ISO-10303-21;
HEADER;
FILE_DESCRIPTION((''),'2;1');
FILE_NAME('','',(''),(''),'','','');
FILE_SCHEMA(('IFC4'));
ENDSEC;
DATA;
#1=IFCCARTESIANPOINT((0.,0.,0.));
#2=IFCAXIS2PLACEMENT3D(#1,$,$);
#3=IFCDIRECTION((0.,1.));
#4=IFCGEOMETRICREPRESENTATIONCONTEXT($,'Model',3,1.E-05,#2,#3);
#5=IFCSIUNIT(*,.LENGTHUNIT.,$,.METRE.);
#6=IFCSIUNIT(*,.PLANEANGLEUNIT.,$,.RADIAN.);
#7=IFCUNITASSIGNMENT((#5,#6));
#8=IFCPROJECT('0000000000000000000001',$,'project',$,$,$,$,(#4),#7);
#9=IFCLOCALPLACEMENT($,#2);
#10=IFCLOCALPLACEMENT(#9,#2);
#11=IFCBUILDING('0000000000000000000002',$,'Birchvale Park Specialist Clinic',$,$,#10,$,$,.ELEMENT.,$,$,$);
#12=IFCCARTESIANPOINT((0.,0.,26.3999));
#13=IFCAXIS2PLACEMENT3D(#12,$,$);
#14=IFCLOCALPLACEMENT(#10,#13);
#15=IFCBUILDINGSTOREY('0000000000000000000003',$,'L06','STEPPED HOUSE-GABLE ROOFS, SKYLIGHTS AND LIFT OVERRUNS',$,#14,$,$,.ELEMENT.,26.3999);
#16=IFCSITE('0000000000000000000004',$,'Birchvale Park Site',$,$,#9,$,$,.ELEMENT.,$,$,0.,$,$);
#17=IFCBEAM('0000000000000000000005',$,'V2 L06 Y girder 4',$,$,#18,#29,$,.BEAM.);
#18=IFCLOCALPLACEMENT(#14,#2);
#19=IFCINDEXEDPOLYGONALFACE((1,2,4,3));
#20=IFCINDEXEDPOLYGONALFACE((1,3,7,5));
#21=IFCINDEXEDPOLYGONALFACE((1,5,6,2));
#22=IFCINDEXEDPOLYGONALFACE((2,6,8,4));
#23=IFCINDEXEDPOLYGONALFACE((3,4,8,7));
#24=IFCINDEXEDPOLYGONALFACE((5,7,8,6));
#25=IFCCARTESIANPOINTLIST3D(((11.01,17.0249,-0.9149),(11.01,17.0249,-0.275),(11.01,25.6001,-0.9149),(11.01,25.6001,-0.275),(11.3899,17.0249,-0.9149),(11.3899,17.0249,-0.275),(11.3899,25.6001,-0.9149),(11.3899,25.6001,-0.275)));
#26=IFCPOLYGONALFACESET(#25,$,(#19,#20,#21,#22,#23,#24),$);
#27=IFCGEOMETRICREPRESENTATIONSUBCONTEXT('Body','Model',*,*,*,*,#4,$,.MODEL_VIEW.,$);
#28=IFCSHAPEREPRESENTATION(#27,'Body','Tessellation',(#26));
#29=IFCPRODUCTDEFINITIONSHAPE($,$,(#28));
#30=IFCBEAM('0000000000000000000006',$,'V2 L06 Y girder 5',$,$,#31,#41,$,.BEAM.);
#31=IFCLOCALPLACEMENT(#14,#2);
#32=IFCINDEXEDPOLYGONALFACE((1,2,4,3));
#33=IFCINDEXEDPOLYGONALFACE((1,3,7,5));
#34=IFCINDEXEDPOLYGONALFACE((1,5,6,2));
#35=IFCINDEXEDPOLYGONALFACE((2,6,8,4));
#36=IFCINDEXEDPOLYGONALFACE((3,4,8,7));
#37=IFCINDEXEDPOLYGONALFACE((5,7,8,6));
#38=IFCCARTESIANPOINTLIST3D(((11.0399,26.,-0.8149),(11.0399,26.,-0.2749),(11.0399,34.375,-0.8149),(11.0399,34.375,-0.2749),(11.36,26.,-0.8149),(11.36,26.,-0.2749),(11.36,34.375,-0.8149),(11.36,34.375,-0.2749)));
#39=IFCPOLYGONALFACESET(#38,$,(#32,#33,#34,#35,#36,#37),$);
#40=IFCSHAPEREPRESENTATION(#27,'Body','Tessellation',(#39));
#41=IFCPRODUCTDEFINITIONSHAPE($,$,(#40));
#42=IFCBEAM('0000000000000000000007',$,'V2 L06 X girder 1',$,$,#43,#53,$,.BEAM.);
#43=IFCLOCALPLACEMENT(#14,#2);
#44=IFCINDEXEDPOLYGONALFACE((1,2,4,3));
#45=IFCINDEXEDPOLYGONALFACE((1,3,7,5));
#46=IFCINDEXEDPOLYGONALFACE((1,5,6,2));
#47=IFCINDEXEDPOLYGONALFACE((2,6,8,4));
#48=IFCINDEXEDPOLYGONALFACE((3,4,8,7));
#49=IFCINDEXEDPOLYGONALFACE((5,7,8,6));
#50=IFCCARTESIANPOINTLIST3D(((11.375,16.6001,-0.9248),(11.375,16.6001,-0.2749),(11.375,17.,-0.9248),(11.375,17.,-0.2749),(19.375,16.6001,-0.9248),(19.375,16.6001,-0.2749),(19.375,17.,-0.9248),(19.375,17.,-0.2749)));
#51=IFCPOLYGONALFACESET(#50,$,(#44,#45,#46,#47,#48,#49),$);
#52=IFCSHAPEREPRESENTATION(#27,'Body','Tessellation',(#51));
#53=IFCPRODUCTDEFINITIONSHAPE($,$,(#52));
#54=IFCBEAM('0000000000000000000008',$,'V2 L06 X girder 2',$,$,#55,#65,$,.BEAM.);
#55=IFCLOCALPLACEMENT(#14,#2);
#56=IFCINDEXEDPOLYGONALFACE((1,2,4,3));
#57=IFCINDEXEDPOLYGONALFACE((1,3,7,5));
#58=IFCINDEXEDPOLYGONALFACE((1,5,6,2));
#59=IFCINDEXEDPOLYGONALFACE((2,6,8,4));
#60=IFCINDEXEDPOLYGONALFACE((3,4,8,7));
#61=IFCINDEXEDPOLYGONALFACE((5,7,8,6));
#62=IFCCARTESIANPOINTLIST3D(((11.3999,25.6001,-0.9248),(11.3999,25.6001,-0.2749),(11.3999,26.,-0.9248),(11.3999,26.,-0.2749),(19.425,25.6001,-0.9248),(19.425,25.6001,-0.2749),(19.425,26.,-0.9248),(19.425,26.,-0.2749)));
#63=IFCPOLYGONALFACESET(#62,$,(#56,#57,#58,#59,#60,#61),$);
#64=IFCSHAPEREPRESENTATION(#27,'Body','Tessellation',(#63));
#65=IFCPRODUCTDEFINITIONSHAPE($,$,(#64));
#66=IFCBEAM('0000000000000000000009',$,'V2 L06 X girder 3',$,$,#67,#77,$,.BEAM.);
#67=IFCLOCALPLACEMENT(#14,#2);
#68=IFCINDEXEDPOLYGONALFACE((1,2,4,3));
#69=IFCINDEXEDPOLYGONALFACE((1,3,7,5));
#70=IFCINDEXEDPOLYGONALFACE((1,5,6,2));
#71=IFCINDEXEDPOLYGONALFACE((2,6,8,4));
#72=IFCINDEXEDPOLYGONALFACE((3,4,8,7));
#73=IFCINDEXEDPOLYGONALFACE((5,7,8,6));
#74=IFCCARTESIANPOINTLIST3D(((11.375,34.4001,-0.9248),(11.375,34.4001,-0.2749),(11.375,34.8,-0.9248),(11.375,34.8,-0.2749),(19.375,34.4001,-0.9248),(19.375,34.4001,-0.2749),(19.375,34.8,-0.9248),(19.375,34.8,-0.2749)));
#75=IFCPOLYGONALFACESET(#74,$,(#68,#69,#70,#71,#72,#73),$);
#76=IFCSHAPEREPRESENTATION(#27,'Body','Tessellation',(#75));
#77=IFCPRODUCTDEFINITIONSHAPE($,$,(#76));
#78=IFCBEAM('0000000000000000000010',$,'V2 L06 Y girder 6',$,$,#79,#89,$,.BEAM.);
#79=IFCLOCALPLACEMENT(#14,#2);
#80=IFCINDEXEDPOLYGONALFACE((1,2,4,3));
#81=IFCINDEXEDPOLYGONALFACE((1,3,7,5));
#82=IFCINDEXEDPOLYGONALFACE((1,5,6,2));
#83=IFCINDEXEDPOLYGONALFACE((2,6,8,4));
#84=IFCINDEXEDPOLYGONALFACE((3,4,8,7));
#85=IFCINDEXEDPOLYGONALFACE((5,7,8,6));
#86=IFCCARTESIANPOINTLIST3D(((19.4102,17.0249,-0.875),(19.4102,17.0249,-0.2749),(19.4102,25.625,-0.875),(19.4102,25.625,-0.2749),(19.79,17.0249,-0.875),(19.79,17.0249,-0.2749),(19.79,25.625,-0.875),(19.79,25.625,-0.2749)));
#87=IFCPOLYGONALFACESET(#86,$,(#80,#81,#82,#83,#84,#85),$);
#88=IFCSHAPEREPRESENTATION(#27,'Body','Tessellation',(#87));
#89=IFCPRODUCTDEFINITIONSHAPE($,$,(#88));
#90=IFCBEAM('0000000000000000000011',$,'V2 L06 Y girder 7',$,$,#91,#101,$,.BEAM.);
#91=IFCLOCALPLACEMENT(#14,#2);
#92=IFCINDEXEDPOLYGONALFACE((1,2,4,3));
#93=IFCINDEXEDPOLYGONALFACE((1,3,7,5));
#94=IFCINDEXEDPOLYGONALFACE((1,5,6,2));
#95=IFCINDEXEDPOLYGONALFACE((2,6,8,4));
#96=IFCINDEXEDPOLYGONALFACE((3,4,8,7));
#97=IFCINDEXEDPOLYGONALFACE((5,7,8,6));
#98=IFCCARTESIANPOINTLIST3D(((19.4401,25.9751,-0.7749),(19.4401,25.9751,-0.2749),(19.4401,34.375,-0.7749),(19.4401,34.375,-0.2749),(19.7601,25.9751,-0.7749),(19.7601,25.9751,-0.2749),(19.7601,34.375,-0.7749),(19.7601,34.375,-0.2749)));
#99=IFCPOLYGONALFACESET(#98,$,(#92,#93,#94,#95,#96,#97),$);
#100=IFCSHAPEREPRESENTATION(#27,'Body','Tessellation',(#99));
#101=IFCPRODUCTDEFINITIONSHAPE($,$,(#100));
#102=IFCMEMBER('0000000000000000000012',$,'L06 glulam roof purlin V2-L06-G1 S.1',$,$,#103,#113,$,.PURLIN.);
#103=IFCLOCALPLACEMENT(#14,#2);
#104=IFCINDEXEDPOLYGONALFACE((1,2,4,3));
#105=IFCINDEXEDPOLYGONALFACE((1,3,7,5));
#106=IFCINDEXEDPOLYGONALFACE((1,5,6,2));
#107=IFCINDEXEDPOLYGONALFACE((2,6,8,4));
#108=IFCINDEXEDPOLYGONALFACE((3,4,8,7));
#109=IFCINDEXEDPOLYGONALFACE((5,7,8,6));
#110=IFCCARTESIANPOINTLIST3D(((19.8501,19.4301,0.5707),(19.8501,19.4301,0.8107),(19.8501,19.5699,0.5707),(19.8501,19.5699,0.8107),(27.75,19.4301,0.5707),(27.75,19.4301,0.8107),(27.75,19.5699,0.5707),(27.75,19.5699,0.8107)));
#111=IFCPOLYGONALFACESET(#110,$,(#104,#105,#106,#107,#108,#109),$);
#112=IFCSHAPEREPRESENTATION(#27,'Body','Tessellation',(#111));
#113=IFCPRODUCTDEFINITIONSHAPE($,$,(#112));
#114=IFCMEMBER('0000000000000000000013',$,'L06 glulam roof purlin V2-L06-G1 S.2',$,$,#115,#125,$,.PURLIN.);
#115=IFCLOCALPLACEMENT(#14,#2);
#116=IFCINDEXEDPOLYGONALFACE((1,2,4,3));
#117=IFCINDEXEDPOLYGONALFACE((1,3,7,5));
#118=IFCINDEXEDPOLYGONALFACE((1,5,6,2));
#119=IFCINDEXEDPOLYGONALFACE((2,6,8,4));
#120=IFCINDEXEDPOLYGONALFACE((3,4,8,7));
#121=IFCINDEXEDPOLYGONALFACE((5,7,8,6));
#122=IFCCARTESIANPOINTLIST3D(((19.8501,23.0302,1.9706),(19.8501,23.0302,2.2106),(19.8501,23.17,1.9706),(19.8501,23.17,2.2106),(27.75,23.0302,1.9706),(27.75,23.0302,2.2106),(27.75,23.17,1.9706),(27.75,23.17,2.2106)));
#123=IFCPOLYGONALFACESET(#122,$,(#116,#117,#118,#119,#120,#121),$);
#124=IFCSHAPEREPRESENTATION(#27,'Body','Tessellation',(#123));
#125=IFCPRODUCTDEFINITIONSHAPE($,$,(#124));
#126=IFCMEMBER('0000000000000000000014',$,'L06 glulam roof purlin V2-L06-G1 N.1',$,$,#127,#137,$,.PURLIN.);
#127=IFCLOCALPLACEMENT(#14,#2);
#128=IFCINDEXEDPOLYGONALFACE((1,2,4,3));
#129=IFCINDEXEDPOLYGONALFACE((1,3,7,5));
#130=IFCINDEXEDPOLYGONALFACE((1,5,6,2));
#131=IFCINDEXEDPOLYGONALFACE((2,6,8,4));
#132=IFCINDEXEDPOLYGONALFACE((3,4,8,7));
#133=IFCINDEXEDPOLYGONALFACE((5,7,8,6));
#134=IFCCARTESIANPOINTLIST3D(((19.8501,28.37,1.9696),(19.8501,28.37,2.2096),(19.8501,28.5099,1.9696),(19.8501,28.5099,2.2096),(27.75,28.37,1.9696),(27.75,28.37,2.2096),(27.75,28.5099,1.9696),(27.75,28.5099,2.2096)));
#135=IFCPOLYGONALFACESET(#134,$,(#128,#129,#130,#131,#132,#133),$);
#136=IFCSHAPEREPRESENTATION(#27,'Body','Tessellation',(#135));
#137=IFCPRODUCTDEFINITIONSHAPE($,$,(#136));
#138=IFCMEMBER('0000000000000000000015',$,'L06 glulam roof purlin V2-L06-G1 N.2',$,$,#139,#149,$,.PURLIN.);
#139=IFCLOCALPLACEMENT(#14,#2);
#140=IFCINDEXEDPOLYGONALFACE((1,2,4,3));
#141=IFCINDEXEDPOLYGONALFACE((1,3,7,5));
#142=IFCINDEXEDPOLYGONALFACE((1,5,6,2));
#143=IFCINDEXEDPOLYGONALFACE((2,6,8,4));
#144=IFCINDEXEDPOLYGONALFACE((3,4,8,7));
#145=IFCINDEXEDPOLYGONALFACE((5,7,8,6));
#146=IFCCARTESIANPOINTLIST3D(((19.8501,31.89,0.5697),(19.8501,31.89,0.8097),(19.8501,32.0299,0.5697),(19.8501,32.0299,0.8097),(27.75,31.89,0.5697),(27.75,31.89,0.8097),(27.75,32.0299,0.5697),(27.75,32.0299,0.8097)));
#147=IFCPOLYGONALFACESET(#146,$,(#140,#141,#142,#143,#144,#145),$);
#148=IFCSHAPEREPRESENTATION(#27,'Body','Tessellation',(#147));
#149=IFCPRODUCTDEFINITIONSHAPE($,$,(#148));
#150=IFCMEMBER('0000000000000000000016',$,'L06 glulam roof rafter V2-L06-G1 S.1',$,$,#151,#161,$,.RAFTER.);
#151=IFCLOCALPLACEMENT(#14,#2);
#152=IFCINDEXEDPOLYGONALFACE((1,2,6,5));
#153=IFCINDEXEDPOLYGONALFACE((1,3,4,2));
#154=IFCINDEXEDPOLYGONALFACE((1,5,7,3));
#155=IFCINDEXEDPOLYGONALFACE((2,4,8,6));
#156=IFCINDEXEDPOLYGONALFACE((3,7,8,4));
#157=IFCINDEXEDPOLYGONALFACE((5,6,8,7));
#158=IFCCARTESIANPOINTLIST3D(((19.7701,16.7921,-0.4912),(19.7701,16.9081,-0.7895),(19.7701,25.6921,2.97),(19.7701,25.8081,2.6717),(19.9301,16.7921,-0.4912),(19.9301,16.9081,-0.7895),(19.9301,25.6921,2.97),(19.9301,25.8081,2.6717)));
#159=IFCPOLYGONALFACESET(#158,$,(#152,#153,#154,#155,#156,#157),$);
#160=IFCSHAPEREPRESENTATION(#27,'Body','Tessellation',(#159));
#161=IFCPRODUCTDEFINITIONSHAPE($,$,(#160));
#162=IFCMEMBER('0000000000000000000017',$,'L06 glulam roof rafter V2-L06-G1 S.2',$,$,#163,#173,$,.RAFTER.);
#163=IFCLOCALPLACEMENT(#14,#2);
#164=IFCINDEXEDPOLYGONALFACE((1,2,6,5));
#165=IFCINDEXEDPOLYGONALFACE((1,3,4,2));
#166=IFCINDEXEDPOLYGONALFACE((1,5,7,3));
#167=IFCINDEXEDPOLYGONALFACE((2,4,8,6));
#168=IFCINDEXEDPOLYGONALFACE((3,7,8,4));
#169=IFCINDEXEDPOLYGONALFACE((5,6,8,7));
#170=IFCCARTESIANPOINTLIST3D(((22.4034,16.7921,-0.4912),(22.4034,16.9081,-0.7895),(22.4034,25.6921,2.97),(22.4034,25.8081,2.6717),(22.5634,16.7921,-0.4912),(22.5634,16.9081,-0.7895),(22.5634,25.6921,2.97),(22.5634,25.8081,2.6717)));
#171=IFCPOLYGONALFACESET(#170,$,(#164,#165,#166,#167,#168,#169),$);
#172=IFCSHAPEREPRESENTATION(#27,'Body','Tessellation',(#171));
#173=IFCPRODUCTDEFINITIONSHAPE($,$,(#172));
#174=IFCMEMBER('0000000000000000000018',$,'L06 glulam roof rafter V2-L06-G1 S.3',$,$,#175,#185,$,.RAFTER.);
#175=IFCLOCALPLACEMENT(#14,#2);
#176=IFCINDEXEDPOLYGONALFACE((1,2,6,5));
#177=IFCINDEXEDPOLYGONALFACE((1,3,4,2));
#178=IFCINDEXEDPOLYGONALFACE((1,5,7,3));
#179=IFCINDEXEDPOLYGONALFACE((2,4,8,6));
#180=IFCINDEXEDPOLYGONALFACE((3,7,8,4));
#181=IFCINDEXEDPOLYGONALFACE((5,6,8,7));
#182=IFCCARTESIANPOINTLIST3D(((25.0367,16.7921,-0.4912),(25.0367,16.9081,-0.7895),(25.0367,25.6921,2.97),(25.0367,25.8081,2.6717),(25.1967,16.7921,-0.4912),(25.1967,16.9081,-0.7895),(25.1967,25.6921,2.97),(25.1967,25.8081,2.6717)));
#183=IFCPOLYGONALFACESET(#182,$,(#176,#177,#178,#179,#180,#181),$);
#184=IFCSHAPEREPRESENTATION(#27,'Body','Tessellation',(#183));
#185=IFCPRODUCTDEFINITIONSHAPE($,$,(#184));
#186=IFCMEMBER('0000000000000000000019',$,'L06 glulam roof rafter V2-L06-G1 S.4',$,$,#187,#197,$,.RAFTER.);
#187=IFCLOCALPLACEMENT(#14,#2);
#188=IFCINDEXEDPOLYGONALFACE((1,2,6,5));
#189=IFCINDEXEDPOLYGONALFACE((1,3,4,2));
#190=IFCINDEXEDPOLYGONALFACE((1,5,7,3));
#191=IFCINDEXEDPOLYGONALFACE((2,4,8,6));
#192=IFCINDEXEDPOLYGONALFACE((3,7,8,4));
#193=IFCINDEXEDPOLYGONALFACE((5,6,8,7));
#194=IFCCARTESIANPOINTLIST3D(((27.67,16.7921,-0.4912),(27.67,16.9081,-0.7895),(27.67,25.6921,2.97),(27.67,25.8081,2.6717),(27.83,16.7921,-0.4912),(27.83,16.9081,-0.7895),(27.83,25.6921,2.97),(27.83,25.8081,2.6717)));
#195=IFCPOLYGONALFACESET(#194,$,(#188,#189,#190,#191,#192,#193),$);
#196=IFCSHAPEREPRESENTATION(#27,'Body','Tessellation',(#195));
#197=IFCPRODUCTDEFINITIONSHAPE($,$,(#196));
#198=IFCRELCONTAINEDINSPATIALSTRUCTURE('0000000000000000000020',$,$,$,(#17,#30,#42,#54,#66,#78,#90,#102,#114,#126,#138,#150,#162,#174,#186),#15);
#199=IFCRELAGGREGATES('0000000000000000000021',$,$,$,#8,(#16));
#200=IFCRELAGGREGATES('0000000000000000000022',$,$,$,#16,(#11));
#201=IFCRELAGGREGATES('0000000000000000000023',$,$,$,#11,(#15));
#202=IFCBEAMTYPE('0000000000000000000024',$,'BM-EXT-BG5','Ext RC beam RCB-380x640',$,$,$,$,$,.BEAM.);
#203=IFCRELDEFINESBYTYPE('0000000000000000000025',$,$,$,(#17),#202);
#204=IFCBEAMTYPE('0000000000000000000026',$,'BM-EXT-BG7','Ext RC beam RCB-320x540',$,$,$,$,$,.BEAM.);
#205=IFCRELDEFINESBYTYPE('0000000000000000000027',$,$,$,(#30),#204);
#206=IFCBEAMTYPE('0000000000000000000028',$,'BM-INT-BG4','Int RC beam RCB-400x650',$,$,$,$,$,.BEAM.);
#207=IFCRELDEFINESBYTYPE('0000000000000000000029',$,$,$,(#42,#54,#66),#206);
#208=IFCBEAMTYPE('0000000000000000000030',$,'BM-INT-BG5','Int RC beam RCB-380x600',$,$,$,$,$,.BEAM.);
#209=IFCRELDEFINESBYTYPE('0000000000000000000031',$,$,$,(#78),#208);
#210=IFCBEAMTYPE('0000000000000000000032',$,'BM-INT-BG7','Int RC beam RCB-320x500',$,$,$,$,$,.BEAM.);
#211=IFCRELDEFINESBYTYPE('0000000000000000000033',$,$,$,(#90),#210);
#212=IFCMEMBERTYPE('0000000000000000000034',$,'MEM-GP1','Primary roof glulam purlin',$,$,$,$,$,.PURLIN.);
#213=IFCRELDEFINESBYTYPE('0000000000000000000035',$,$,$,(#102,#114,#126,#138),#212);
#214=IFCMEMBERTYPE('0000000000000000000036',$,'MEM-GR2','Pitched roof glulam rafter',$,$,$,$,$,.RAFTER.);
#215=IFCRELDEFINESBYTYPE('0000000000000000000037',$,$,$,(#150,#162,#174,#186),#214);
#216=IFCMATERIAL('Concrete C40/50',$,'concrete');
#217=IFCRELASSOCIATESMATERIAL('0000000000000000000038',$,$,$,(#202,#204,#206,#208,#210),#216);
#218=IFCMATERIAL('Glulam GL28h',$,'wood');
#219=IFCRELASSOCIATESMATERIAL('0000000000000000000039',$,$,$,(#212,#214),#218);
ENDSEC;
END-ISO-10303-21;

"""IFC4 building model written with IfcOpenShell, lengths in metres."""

from ifc_helpers import new_model, si_unit, direction, frame, origin, origin_2d, place, context, subcontext, project, spatial, rectangle, extrude, material, material_profile, profile_set, type_object, element, save


model = new_model("IFC4")

# Units and contexts
model_context = context("Model", 3, precision=1e-05, world=origin(), true_north=direction((0.0, 1.0)))
body_context = subcontext(model_context, "Body", "Model", "MODEL_VIEW")
ifc_project = project(units=[si_unit("LENGTHUNIT", "METRE"), si_unit("PLANEANGLEUNIT", "RADIAN")], contexts=[model_context])

# Site, building, storey
site_placement = place(None, origin())
site = spatial("IfcSite", under=ifc_project, at=site_placement, Name="Birchvale Park Site", CompositionType="ELEMENT", RefElevation=0.0)
building_placement = place(site_placement, origin())
building = spatial("IfcBuilding", under=site, at=building_placement, Name="Birchvale Park Specialist Clinic", CompositionType="ELEMENT")
storey_placement = place(building_placement, frame((0.0, 0.0, 26.3999)))
storey = spatial("IfcBuildingStorey", under=building, at=storey_placement, Name="L06", Description="STEPPED HOUSE-GABLE ROOFS, SKYLIGHTS AND LIFT OVERRUNS", CompositionType="ELEMENT", Elevation=26.3999)

# Beams
ifc_material_1 = material(Name="Concrete C40/50", Category="concrete")
ifc_material_profile_1 = material_profile(ifc_material_1, rectangle(XDim=0.3799, YDim=0.6399, at=origin_2d()), Name="RCB-380x640")
ifc_profile_set_1 = profile_set([ifc_material_profile_1], Name="Concrete C40/50")
beam_type_1 = type_object("IfcBeamType", Name="BM-EXT-BG5", Description="Ext RC beam RCB-380x640", PredefinedType="BEAM", material=ifc_profile_set_1)
beam_1_placement = place(storey_placement, frame((11.2, 17.0249, -0.595), z_axis=(0.0, 1.0, 0.0), x_axis=(-1.0, 0.0, 0.0)))
element("IfcBeam", 1, at=beam_1_placement, inside=storey, type_object=beam_type_1, Name="V2 L06 Y girder 4", PredefinedType="BEAM", context=body_context, shape_type="SweptSolid", body=[
    extrude(rectangle(XDim=0.3799, YDim=0.6399, at=origin_2d()), origin(), (0.0, 0.0, 1.0), 8.5752),
])
ifc_material_profile_2 = material_profile(ifc_material_1, rectangle(XDim=0.3201, YDim=0.54, at=origin_2d()), Name="RCB-320x540")
ifc_profile_set_2 = profile_set([ifc_material_profile_2], Name="Concrete C40/50")
beam_type_2 = type_object("IfcBeamType", Name="BM-EXT-BG7", Description="Ext RC beam RCB-320x540", PredefinedType="BEAM", material=ifc_profile_set_2)
beam_2_placement = place(storey_placement, frame((11.2, 26.0, -0.5449), z_axis=(0.0, 1.0, 0.0), x_axis=(-1.0, 0.0, 0.0)))
element("IfcBeam", 2, at=beam_2_placement, inside=storey, type_object=beam_type_2, Name="V2 L06 Y girder 5", PredefinedType="BEAM", context=body_context, shape_type="SweptSolid", body=[
    extrude(rectangle(XDim=0.3201, YDim=0.54, at=origin_2d()), origin(), (0.0, 0.0, 1.0), 8.375),
])
ifc_material_profile_3 = material_profile(ifc_material_1, rectangle(XDim=0.3999, YDim=0.6499, at=origin_2d()), Name="RCB-400x650")
ifc_profile_set_3 = profile_set([ifc_material_profile_3], Name="Concrete C40/50")
beam_type_3 = type_object("IfcBeamType", Name="BM-INT-BG4", Description="Int RC beam RCB-400x650", PredefinedType="BEAM", material=ifc_profile_set_3)
beam_3_placement = place(storey_placement, frame((11.375, 16.8, -0.5999), z_axis=(1.0, 0.0, 0.0), x_axis=(0.0, 1.0, 0.0)))
element("IfcBeam", 3, at=beam_3_placement, inside=storey, type_object=beam_type_3, Name="V2 L06 X girder 1", PredefinedType="BEAM", context=body_context, shape_type="SweptSolid", body=[
    extrude(rectangle(XDim=0.3999, YDim=0.6499, at=origin_2d()), origin(), (0.0, 0.0, 1.0), 8.0),
])
beam_4_placement = place(storey_placement, frame((11.3999, 25.8, -0.5999), z_axis=(1.0, 0.0, 0.0), x_axis=(0.0, 1.0, 0.0)))
element("IfcBeam", 4, at=beam_4_placement, inside=storey, type_object=beam_type_3, Name="V2 L06 X girder 2", PredefinedType="BEAM", context=body_context, shape_type="SweptSolid", body=[
    extrude(rectangle(XDim=0.3999, YDim=0.6499, at=origin_2d()), origin(), (0.0, 0.0, 1.0), 8.0251),
])
beam_5_placement = place(storey_placement, frame((11.375, 34.6001, -0.5999), z_axis=(1.0, 0.0, 0.0), x_axis=(0.0, 1.0, 0.0)))
element("IfcBeam", 5, at=beam_5_placement, inside=storey, type_object=beam_type_3, Name="V2 L06 X girder 3", PredefinedType="BEAM", context=body_context, shape_type="SweptSolid", body=[
    extrude(rectangle(XDim=0.3999, YDim=0.6499, at=origin_2d()), origin(), (0.0, 0.0, 1.0), 8.0),
])
ifc_material_profile_4 = material_profile(ifc_material_1, rectangle(XDim=0.3799, YDim=0.6001, at=origin_2d()), Name="RCB-380x600")
ifc_profile_set_4 = profile_set([ifc_material_profile_4], Name="Concrete C40/50")
beam_type_4 = type_object("IfcBeamType", Name="BM-INT-BG5", Description="Int RC beam RCB-380x600", PredefinedType="BEAM", material=ifc_profile_set_4)
beam_6_placement = place(storey_placement, frame((19.6001, 17.0249, -0.575), z_axis=(0.0, 1.0, 0.0), x_axis=(-1.0, 0.0, 0.0)))
element("IfcBeam", 6, at=beam_6_placement, inside=storey, type_object=beam_type_4, Name="V2 L06 Y girder 6", PredefinedType="BEAM", context=body_context, shape_type="SweptSolid", body=[
    extrude(rectangle(XDim=0.3799, YDim=0.6001, at=origin_2d()), origin(), (0.0, 0.0, 1.0), 8.6001),
])
ifc_material_profile_5 = material_profile(ifc_material_1, rectangle(XDim=0.3201, YDim=0.5, at=origin_2d()), Name="RCB-320x500")
ifc_profile_set_5 = profile_set([ifc_material_profile_5], Name="Concrete C40/50")
beam_type_5 = type_object("IfcBeamType", Name="BM-INT-BG7", Description="Int RC beam RCB-320x500", PredefinedType="BEAM", material=ifc_profile_set_5)
beam_7_placement = place(storey_placement, frame((19.6001, 25.9751, -0.5249), z_axis=(0.0, 1.0, 0.0), x_axis=(-1.0, 0.0, 0.0)))
element("IfcBeam", 7, at=beam_7_placement, inside=storey, type_object=beam_type_5, Name="V2 L06 Y girder 7", PredefinedType="BEAM", context=body_context, shape_type="SweptSolid", body=[
    extrude(rectangle(XDim=0.3201, YDim=0.5, at=origin_2d()), origin(), (0.0, 0.0, 1.0), 8.3999),
])

# Members
ifc_material_2 = material(Name="Glulam GL28h", Category="wood")
ifc_material_profile_6 = material_profile(ifc_material_2, rectangle(XDim=0.1399, YDim=0.24, at=origin_2d()), Name="GL-140x240")
ifc_profile_set_6 = profile_set([ifc_material_profile_6], Name="Glulam GL28h")
member_type_1 = type_object("IfcMemberType", Name="MEM-GP1", Description="Primary roof glulam purlin", PredefinedType="PURLIN", material=ifc_profile_set_6)
for number, where, z_axis, x_axis, name in (
    (8, (19.8501, 19.5, 0.6907), (1.0, 0.0, 0.0), (0.0, 1.0, 0.0), "L06 glulam roof purlin V2-L06-G1 S.1"),
    (9, (19.8501, 23.1001, 2.0906), (1.0, 0.0, 0.0), (0.0, 1.0, 0.0), "L06 glulam roof purlin V2-L06-G1 S.2"),
    (10, (19.8501, 28.4399, 2.0896), (1.0, 0.0, 0.0), (0.0, 1.0, 0.0), "L06 glulam roof purlin V2-L06-G1 N.1"),
    (11, (19.8501, 31.96, 0.6897), (1.0, 0.0, 0.0), (0.0, 1.0, 0.0), "L06 glulam roof purlin V2-L06-G1 N.2"),
):
    element("IfcMember", number, at=place(storey_placement, frame(where, z_axis=z_axis, x_axis=x_axis)), inside=storey, type_object=member_type_1, Name=name, PredefinedType="PURLIN", context=body_context, shape_type="SweptSolid", body=[
        extrude(rectangle(XDim=0.1399, YDim=0.24, at=origin_2d()), origin(), (0.0, 0.0, 1.0), 7.8999),
    ])
ifc_material_profile_7 = material_profile(ifc_material_2, rectangle(XDim=0.1599, YDim=0.3201, at=origin_2d()), Name="GL-160x320")
ifc_profile_set_7 = profile_set([ifc_material_profile_7], Name="Glulam GL28h")
member_type_2 = type_object("IfcMemberType", Name="MEM-GR2", Description="Pitched roof glulam rafter", PredefinedType="RAFTER", material=ifc_profile_set_7)
for number, where, z_axis, x_axis, name in (
    (12, (19.8501, 16.8501, -0.6404), (0.0, 0.932001, 0.362456), (-1.0, 0.0, 0.0), "L06 glulam roof rafter V2-L06-G1 S.1"),
    (13, (22.4834, 16.8501, -0.6404), (0.0, 0.932001, 0.362456), (-1.0, 0.0, 0.0), "L06 glulam roof rafter V2-L06-G1 S.2"),
    (14, (25.1167, 16.8501, -0.6404), (0.0, 0.932001, 0.362456), (-1.0, 0.0, 0.0), "L06 glulam roof rafter V2-L06-G1 S.3"),
    (15, (27.75, 16.8501, -0.6404), (0.0, 0.932001, 0.362456), (-1.0, 0.0, 0.0), "L06 glulam roof rafter V2-L06-G1 S.4"),
):
    element("IfcMember", number, at=place(storey_placement, frame(where, z_axis=z_axis, x_axis=x_axis)), inside=storey, type_object=member_type_2, Name=name, PredefinedType="RAFTER", context=body_context, shape_type="SweptSolid", body=[
        extrude(rectangle(XDim=0.1599, YDim=0.3201, at=origin_2d()), origin(), (0.0, 0.0, 1.0), 9.5493),
    ])

save(model, "model.ifc")
